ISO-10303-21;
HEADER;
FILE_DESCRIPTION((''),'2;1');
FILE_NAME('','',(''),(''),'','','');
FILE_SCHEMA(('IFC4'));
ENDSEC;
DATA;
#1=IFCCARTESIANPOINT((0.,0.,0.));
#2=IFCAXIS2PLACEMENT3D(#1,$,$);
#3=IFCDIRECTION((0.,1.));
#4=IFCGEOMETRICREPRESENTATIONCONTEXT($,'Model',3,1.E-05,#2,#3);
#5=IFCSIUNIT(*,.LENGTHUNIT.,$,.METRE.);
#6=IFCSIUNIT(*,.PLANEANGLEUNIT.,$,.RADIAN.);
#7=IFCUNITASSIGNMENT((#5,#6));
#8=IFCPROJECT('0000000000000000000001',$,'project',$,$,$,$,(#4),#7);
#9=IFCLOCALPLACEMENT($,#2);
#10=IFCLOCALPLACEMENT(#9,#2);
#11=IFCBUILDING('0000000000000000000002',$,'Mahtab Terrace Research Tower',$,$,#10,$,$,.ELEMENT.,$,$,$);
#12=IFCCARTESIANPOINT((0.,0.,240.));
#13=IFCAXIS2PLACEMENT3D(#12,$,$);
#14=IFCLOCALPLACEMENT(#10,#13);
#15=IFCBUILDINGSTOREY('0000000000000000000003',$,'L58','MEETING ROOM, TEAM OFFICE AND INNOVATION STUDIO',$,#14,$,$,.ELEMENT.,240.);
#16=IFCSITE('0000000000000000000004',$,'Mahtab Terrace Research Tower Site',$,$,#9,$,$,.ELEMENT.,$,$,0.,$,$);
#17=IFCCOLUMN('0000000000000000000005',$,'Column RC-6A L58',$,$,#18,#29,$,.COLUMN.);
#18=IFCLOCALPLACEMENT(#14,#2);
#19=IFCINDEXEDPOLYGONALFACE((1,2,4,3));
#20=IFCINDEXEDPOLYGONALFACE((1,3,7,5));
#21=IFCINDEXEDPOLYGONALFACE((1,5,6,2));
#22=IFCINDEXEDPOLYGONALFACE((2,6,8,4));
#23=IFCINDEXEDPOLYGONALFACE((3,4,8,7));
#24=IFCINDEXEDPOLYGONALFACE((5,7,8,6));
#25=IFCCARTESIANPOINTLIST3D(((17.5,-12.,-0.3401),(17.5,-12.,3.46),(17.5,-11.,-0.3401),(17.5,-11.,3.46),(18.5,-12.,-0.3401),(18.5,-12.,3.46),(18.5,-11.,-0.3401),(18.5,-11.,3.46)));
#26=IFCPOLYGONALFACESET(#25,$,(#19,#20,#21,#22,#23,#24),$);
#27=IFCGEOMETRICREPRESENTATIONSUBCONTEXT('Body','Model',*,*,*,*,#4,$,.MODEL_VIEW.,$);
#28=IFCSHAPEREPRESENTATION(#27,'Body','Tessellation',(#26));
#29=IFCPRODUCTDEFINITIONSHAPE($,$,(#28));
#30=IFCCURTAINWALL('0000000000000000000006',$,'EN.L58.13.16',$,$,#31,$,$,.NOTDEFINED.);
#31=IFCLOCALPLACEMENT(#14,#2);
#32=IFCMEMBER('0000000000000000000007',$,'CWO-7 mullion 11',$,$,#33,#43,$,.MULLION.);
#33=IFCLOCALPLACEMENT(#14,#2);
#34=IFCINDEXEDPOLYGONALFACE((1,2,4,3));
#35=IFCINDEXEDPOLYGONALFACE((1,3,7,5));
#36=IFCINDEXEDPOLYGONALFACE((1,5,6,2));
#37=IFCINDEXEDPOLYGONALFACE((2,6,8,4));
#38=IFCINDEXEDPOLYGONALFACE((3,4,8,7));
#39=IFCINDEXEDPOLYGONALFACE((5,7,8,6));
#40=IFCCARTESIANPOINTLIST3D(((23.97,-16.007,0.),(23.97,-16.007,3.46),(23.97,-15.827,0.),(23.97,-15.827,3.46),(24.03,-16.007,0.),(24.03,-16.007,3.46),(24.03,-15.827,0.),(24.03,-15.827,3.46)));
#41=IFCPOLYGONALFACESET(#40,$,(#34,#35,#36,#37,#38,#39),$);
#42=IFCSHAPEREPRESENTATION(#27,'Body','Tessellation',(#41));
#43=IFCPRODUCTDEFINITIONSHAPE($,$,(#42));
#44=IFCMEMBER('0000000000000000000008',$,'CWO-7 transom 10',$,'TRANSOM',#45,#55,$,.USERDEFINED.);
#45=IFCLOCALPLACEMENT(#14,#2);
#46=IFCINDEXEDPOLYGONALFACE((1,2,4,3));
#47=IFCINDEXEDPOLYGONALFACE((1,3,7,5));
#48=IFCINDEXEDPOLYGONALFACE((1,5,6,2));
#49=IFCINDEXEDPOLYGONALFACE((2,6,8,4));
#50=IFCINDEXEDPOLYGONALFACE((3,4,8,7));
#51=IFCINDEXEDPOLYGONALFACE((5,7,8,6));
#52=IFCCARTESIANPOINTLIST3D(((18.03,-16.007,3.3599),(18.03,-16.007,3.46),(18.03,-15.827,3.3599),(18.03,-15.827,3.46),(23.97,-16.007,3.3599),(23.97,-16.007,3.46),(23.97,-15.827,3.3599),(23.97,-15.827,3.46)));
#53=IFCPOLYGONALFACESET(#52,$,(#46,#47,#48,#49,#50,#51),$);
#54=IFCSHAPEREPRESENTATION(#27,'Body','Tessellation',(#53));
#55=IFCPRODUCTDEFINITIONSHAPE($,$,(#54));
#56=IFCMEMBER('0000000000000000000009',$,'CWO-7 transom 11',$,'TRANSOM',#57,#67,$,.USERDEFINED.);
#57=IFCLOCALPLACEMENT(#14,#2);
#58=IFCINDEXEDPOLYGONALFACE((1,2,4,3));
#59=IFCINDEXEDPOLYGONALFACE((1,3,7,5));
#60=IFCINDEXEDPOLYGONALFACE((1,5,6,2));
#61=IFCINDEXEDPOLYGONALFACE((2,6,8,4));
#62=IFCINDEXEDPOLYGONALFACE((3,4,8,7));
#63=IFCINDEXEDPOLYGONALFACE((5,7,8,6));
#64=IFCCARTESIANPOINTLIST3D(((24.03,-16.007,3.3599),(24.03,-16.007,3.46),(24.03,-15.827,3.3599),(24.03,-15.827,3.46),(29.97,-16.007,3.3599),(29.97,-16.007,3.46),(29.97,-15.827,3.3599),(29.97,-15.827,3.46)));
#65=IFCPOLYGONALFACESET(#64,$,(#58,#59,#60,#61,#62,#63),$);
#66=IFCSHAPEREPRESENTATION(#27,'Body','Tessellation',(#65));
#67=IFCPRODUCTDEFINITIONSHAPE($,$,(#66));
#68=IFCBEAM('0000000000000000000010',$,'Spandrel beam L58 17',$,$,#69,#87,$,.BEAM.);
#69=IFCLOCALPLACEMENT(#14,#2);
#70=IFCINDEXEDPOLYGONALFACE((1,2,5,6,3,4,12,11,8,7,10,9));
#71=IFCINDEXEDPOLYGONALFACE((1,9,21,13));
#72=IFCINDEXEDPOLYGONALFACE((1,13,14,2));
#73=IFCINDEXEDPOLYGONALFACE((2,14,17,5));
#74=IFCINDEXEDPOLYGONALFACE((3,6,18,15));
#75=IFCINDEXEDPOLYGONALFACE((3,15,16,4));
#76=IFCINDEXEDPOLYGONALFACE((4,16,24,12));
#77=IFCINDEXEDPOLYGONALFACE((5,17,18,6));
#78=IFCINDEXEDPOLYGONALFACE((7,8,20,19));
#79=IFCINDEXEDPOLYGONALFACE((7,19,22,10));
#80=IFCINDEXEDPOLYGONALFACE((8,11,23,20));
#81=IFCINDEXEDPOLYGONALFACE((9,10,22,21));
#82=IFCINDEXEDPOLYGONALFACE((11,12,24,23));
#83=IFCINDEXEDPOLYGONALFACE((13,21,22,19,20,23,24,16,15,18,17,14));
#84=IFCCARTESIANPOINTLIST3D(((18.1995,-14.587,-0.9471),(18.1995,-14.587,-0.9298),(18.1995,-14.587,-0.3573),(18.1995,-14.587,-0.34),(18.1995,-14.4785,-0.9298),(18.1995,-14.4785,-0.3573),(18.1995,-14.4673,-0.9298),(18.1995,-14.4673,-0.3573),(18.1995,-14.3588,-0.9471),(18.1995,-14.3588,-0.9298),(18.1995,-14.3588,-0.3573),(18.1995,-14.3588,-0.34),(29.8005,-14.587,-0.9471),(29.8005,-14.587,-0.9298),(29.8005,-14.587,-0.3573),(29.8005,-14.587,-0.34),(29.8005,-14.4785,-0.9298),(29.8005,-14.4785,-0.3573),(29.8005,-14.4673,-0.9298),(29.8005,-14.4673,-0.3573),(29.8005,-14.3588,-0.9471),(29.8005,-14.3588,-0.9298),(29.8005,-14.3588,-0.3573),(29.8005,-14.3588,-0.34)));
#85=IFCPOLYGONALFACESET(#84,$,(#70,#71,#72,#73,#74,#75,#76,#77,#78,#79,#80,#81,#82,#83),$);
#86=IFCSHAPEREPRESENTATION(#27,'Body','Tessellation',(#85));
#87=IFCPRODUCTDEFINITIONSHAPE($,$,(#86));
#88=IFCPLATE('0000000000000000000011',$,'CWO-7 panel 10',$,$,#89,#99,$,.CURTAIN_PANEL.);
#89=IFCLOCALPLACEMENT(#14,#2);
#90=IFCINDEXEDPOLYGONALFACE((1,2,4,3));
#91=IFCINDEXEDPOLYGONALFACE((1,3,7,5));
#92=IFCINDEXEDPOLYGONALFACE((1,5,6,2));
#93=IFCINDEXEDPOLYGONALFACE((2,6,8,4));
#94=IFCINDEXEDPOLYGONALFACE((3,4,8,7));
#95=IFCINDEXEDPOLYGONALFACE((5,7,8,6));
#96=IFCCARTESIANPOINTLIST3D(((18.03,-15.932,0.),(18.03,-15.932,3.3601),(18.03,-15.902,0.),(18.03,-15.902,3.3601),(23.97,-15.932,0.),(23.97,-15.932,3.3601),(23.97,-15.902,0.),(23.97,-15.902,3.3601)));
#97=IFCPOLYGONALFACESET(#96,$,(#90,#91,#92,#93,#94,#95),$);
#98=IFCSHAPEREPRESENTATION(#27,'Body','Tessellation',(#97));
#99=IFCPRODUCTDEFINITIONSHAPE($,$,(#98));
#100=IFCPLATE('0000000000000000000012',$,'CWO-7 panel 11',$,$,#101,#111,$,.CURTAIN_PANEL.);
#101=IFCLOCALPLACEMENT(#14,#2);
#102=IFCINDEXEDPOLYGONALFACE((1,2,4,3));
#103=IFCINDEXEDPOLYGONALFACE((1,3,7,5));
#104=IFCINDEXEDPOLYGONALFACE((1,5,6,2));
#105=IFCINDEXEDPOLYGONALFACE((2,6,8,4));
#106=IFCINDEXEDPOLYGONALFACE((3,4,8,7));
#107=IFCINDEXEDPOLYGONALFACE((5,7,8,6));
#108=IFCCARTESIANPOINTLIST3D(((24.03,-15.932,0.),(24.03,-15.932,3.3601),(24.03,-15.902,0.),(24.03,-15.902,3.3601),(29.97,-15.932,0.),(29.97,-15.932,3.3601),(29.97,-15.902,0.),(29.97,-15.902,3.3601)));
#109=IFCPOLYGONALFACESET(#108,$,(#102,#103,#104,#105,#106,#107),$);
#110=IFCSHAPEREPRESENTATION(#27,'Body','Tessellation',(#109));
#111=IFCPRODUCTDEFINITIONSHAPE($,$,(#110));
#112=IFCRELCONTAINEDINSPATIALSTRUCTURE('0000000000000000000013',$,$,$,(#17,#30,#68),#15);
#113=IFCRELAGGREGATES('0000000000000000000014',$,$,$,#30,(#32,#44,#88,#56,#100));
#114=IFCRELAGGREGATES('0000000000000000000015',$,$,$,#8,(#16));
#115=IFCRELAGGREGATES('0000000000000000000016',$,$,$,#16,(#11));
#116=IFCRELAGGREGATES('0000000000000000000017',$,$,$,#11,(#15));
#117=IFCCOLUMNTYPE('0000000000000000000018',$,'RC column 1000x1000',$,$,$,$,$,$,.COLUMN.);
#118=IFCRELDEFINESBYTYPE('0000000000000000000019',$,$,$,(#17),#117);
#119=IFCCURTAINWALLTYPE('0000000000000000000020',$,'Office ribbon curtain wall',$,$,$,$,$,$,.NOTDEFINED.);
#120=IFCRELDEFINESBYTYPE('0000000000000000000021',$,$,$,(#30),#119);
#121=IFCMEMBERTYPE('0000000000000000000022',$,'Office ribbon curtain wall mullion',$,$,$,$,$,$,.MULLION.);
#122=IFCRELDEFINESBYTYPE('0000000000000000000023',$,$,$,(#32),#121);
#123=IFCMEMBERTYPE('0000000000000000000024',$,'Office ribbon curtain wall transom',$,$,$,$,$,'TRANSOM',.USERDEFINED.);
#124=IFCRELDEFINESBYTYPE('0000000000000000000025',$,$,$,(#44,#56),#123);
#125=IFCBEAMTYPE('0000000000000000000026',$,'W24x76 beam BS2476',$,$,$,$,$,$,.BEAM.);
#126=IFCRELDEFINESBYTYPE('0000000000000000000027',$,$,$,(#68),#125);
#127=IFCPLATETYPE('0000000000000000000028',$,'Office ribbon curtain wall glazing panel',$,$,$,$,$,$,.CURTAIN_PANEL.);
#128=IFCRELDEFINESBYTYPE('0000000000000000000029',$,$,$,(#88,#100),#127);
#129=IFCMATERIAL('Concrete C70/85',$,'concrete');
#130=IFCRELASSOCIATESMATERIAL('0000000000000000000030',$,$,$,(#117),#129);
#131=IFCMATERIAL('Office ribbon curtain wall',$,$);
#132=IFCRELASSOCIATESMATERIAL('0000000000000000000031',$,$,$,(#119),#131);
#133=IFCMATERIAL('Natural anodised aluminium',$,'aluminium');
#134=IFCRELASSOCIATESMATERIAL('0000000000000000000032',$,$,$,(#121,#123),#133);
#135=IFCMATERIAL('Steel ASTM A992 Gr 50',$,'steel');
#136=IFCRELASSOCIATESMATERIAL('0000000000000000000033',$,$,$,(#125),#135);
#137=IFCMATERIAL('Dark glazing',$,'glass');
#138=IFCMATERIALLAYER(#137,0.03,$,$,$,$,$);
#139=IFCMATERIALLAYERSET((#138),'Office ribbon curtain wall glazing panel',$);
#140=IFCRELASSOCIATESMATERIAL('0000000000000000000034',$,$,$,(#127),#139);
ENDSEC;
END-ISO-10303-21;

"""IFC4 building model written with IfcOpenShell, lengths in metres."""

from ifc_helpers import new_model, si_unit, direction, frame, origin, origin_2d, place, context, subcontext, project, spatial, rectangle, i_section, extrude, material, layer, layer_set, material_profile, profile_set, type_object, element, aggregate, save


model = new_model("IFC4")

# Units and contexts
model_context = context("Model", 3, precision=1e-05, world=origin(), true_north=direction((0.0, 1.0)))
body_context = subcontext(model_context, "Body", "Model", "MODEL_VIEW")
ifc_project = project(units=[si_unit("LENGTHUNIT", "METRE"), si_unit("PLANEANGLEUNIT", "RADIAN")], contexts=[model_context])

# Site, building, storey
site_placement = place(None, origin())
site = spatial("IfcSite", under=ifc_project, at=site_placement, Name="Mahtab Terrace Research Tower Site", CompositionType="ELEMENT", RefElevation=0.0)
building_placement = place(site_placement, origin())
building = spatial("IfcBuilding", under=site, at=building_placement, Name="Mahtab Terrace Research Tower", CompositionType="ELEMENT")
storey_placement = place(building_placement, frame((0.0, 0.0, 240.0)))
storey = spatial("IfcBuildingStorey", under=building, at=storey_placement, Name="L58", Description="MEETING ROOM, TEAM OFFICE AND INNOVATION STUDIO", CompositionType="ELEMENT", Elevation=240.0)

# Column
ifc_material_1 = material(Name="Concrete C70/85", Category="concrete")
ifc_material_profile_1 = material_profile(ifc_material_1, rectangle(XDim=1.0, YDim=1.0, at=origin_2d()), Name="RC column 1000x1000")
ifc_profile_set_1 = profile_set([ifc_material_profile_1], Name="Concrete C70/85")
column_type = type_object("IfcColumnType", Name="RC column 1000x1000", PredefinedType="COLUMN", material=ifc_profile_set_1)
column_placement = place(storey_placement, frame((18.0, -11.5, -0.3401), z_axis=(0.0, 0.0, 1.0), x_axis=(1.0, 0.0, 0.0)))
element("IfcColumn", 1, at=column_placement, inside=storey, type_object=column_type, Name="Column RC-6A L58", PredefinedType="COLUMN", context=body_context, shape_type="SweptSolid", body=[
    extrude(rectangle(XDim=1.0, YDim=1.0, at=origin_2d()), origin(), (0.0, 0.0, 1.0), 3.8),
])

# Curtain wall, members
ifc_material_2 = material(Name="Office ribbon curtain wall")
curtain_wall_type = type_object("IfcCurtainWallType", Name="Office ribbon curtain wall", PredefinedType="NOTDEFINED", material=ifc_material_2)
curtain_wall_placement = place(storey_placement, origin())
curtain_wall = element("IfcCurtainWall", 2, at=curtain_wall_placement, inside=storey, type_object=curtain_wall_type, Name="EN.L58.13.16", PredefinedType="NOTDEFINED")
ifc_material_3 = material(Name="Natural anodised aluminium", Category="aluminium")
ifc_material_profile_2 = material_profile(ifc_material_3, rectangle(XDim=0.1799, YDim=0.0601, at=origin_2d()), Name="MULLION 60x180")
ifc_profile_set_2 = profile_set([ifc_material_profile_2], Name="Natural anodised aluminium")
member_type_1 = type_object("IfcMemberType", Name="Office ribbon curtain wall mullion", PredefinedType="MULLION", material=ifc_profile_set_2)
member_1_placement = place(storey_placement, frame((24.0, -15.917, 0.0), z_axis=(0.0, 0.0, 1.0), x_axis=(0.0, 1.0, 0.0)))
member_1 = element("IfcMember", 3, at=member_1_placement, type_object=member_type_1, Name="CWO-7 mullion 11", PredefinedType="MULLION", context=body_context, shape_type="SweptSolid", body=[
    extrude(rectangle(XDim=0.1799, YDim=0.0601, at=origin_2d()), origin(), (0.0, 0.0, 1.0), 3.46),
])
ifc_material_profile_3 = material_profile(ifc_material_3, rectangle(XDim=0.1799, YDim=0.1001, at=origin_2d()), Name="TRANSOM 100x180")
ifc_profile_set_3 = profile_set([ifc_material_profile_3], Name="Natural anodised aluminium")
member_type_2 = type_object("IfcMemberType", Name="Office ribbon curtain wall transom", ElementType="TRANSOM", PredefinedType="USERDEFINED", material=ifc_profile_set_3)
member_2_placement = place(storey_placement, frame((18.03, -15.917, 3.4099), z_axis=(1.0, 0.0, 0.0), x_axis=(0.0, 1.0, 0.0)))
member_2 = element("IfcMember", 4, at=member_2_placement, type_object=member_type_2, Name="CWO-7 transom 10", ObjectType="TRANSOM", PredefinedType="USERDEFINED", context=body_context, shape_type="SweptSolid", body=[
    extrude(rectangle(XDim=0.1799, YDim=0.1001, at=origin_2d()), origin(), (0.0, 0.0, 1.0), 5.9399),
])
member_3_placement = place(storey_placement, frame((24.03, -15.917, 3.4099), z_axis=(1.0, 0.0, 0.0), x_axis=(0.0, 1.0, 0.0)))
member_3 = element("IfcMember", 5, at=member_3_placement, type_object=member_type_2, Name="CWO-7 transom 11", ObjectType="TRANSOM", PredefinedType="USERDEFINED", context=body_context, shape_type="SweptSolid", body=[
    extrude(rectangle(XDim=0.1799, YDim=0.1001, at=origin_2d()), origin(), (0.0, 0.0, 1.0), 5.9399),
])

# Beam
ifc_material_4 = material(Name="Steel ASTM A992 Gr 50", Category="steel")
ifc_material_profile_4 = material_profile(ifc_material_4, i_section(OverallWidth=0.2283, OverallDepth=0.6072, WebThickness=0.0112, FlangeThickness=0.0173, at=origin_2d()), Name="W24X76")
ifc_profile_set_4 = profile_set([ifc_material_profile_4], Name="Steel ASTM A992 Gr 50")
beam_type = type_object("IfcBeamType", Name="W24x76 beam BS2476", PredefinedType="BEAM", material=ifc_profile_set_4)
beam_placement = place(storey_placement, frame((18.1995, -14.4729, -0.6436), z_axis=(1.0, 0.0, 0.0), x_axis=(0.0, 1.0, 0.0)))
element("IfcBeam", 6, at=beam_placement, inside=storey, type_object=beam_type, Name="Spandrel beam L58 17", PredefinedType="BEAM", context=body_context, shape_type="SweptSolid", body=[
    extrude(i_section(OverallWidth=0.2283, OverallDepth=0.6072, WebThickness=0.0112, FlangeThickness=0.0173, at=origin_2d()), origin(), (0.0, 0.0, 1.0), 11.6011),
])

# Plates
ifc_material_5 = material(Name="Dark glazing", Category="glass")
ifc_layer_1 = layer(ifc_material_5, 0.03)
ifc_layer_set_1 = layer_set([ifc_layer_1], Name="Office ribbon curtain wall glazing panel")
plate_type = type_object("IfcPlateType", Name="Office ribbon curtain wall glazing panel", PredefinedType="CURTAIN_PANEL", material=ifc_layer_set_1)
plate_1_placement = place(storey_placement, frame((21.0, -15.917, 0.0), z_axis=(0.0, 0.0, 1.0), x_axis=(1.0, 0.0, 0.0)))
plate_1 = element("IfcPlate", 7, at=plate_1_placement, type_object=plate_type, Name="CWO-7 panel 10", PredefinedType="CURTAIN_PANEL", context=body_context, shape_type="SweptSolid", body=[
    extrude(rectangle(XDim=5.9399, YDim=0.03, at=origin_2d()), origin(), (0.0, 0.0, 1.0), 3.3601),
])
plate_2_placement = place(storey_placement, frame((27.0, -15.917, 0.0), z_axis=(0.0, 0.0, 1.0), x_axis=(1.0, 0.0, 0.0)))
plate_2 = element("IfcPlate", 8, at=plate_2_placement, type_object=plate_type, Name="CWO-7 panel 11", PredefinedType="CURTAIN_PANEL", context=body_context, shape_type="SweptSolid", body=[
    extrude(rectangle(XDim=5.9399, YDim=0.03, at=origin_2d()), origin(), (0.0, 0.0, 1.0), 3.3601),
])
aggregate(curtain_wall, [member_1, member_2, plate_1, member_3, plate_2])

save(model, "model.ifc")
